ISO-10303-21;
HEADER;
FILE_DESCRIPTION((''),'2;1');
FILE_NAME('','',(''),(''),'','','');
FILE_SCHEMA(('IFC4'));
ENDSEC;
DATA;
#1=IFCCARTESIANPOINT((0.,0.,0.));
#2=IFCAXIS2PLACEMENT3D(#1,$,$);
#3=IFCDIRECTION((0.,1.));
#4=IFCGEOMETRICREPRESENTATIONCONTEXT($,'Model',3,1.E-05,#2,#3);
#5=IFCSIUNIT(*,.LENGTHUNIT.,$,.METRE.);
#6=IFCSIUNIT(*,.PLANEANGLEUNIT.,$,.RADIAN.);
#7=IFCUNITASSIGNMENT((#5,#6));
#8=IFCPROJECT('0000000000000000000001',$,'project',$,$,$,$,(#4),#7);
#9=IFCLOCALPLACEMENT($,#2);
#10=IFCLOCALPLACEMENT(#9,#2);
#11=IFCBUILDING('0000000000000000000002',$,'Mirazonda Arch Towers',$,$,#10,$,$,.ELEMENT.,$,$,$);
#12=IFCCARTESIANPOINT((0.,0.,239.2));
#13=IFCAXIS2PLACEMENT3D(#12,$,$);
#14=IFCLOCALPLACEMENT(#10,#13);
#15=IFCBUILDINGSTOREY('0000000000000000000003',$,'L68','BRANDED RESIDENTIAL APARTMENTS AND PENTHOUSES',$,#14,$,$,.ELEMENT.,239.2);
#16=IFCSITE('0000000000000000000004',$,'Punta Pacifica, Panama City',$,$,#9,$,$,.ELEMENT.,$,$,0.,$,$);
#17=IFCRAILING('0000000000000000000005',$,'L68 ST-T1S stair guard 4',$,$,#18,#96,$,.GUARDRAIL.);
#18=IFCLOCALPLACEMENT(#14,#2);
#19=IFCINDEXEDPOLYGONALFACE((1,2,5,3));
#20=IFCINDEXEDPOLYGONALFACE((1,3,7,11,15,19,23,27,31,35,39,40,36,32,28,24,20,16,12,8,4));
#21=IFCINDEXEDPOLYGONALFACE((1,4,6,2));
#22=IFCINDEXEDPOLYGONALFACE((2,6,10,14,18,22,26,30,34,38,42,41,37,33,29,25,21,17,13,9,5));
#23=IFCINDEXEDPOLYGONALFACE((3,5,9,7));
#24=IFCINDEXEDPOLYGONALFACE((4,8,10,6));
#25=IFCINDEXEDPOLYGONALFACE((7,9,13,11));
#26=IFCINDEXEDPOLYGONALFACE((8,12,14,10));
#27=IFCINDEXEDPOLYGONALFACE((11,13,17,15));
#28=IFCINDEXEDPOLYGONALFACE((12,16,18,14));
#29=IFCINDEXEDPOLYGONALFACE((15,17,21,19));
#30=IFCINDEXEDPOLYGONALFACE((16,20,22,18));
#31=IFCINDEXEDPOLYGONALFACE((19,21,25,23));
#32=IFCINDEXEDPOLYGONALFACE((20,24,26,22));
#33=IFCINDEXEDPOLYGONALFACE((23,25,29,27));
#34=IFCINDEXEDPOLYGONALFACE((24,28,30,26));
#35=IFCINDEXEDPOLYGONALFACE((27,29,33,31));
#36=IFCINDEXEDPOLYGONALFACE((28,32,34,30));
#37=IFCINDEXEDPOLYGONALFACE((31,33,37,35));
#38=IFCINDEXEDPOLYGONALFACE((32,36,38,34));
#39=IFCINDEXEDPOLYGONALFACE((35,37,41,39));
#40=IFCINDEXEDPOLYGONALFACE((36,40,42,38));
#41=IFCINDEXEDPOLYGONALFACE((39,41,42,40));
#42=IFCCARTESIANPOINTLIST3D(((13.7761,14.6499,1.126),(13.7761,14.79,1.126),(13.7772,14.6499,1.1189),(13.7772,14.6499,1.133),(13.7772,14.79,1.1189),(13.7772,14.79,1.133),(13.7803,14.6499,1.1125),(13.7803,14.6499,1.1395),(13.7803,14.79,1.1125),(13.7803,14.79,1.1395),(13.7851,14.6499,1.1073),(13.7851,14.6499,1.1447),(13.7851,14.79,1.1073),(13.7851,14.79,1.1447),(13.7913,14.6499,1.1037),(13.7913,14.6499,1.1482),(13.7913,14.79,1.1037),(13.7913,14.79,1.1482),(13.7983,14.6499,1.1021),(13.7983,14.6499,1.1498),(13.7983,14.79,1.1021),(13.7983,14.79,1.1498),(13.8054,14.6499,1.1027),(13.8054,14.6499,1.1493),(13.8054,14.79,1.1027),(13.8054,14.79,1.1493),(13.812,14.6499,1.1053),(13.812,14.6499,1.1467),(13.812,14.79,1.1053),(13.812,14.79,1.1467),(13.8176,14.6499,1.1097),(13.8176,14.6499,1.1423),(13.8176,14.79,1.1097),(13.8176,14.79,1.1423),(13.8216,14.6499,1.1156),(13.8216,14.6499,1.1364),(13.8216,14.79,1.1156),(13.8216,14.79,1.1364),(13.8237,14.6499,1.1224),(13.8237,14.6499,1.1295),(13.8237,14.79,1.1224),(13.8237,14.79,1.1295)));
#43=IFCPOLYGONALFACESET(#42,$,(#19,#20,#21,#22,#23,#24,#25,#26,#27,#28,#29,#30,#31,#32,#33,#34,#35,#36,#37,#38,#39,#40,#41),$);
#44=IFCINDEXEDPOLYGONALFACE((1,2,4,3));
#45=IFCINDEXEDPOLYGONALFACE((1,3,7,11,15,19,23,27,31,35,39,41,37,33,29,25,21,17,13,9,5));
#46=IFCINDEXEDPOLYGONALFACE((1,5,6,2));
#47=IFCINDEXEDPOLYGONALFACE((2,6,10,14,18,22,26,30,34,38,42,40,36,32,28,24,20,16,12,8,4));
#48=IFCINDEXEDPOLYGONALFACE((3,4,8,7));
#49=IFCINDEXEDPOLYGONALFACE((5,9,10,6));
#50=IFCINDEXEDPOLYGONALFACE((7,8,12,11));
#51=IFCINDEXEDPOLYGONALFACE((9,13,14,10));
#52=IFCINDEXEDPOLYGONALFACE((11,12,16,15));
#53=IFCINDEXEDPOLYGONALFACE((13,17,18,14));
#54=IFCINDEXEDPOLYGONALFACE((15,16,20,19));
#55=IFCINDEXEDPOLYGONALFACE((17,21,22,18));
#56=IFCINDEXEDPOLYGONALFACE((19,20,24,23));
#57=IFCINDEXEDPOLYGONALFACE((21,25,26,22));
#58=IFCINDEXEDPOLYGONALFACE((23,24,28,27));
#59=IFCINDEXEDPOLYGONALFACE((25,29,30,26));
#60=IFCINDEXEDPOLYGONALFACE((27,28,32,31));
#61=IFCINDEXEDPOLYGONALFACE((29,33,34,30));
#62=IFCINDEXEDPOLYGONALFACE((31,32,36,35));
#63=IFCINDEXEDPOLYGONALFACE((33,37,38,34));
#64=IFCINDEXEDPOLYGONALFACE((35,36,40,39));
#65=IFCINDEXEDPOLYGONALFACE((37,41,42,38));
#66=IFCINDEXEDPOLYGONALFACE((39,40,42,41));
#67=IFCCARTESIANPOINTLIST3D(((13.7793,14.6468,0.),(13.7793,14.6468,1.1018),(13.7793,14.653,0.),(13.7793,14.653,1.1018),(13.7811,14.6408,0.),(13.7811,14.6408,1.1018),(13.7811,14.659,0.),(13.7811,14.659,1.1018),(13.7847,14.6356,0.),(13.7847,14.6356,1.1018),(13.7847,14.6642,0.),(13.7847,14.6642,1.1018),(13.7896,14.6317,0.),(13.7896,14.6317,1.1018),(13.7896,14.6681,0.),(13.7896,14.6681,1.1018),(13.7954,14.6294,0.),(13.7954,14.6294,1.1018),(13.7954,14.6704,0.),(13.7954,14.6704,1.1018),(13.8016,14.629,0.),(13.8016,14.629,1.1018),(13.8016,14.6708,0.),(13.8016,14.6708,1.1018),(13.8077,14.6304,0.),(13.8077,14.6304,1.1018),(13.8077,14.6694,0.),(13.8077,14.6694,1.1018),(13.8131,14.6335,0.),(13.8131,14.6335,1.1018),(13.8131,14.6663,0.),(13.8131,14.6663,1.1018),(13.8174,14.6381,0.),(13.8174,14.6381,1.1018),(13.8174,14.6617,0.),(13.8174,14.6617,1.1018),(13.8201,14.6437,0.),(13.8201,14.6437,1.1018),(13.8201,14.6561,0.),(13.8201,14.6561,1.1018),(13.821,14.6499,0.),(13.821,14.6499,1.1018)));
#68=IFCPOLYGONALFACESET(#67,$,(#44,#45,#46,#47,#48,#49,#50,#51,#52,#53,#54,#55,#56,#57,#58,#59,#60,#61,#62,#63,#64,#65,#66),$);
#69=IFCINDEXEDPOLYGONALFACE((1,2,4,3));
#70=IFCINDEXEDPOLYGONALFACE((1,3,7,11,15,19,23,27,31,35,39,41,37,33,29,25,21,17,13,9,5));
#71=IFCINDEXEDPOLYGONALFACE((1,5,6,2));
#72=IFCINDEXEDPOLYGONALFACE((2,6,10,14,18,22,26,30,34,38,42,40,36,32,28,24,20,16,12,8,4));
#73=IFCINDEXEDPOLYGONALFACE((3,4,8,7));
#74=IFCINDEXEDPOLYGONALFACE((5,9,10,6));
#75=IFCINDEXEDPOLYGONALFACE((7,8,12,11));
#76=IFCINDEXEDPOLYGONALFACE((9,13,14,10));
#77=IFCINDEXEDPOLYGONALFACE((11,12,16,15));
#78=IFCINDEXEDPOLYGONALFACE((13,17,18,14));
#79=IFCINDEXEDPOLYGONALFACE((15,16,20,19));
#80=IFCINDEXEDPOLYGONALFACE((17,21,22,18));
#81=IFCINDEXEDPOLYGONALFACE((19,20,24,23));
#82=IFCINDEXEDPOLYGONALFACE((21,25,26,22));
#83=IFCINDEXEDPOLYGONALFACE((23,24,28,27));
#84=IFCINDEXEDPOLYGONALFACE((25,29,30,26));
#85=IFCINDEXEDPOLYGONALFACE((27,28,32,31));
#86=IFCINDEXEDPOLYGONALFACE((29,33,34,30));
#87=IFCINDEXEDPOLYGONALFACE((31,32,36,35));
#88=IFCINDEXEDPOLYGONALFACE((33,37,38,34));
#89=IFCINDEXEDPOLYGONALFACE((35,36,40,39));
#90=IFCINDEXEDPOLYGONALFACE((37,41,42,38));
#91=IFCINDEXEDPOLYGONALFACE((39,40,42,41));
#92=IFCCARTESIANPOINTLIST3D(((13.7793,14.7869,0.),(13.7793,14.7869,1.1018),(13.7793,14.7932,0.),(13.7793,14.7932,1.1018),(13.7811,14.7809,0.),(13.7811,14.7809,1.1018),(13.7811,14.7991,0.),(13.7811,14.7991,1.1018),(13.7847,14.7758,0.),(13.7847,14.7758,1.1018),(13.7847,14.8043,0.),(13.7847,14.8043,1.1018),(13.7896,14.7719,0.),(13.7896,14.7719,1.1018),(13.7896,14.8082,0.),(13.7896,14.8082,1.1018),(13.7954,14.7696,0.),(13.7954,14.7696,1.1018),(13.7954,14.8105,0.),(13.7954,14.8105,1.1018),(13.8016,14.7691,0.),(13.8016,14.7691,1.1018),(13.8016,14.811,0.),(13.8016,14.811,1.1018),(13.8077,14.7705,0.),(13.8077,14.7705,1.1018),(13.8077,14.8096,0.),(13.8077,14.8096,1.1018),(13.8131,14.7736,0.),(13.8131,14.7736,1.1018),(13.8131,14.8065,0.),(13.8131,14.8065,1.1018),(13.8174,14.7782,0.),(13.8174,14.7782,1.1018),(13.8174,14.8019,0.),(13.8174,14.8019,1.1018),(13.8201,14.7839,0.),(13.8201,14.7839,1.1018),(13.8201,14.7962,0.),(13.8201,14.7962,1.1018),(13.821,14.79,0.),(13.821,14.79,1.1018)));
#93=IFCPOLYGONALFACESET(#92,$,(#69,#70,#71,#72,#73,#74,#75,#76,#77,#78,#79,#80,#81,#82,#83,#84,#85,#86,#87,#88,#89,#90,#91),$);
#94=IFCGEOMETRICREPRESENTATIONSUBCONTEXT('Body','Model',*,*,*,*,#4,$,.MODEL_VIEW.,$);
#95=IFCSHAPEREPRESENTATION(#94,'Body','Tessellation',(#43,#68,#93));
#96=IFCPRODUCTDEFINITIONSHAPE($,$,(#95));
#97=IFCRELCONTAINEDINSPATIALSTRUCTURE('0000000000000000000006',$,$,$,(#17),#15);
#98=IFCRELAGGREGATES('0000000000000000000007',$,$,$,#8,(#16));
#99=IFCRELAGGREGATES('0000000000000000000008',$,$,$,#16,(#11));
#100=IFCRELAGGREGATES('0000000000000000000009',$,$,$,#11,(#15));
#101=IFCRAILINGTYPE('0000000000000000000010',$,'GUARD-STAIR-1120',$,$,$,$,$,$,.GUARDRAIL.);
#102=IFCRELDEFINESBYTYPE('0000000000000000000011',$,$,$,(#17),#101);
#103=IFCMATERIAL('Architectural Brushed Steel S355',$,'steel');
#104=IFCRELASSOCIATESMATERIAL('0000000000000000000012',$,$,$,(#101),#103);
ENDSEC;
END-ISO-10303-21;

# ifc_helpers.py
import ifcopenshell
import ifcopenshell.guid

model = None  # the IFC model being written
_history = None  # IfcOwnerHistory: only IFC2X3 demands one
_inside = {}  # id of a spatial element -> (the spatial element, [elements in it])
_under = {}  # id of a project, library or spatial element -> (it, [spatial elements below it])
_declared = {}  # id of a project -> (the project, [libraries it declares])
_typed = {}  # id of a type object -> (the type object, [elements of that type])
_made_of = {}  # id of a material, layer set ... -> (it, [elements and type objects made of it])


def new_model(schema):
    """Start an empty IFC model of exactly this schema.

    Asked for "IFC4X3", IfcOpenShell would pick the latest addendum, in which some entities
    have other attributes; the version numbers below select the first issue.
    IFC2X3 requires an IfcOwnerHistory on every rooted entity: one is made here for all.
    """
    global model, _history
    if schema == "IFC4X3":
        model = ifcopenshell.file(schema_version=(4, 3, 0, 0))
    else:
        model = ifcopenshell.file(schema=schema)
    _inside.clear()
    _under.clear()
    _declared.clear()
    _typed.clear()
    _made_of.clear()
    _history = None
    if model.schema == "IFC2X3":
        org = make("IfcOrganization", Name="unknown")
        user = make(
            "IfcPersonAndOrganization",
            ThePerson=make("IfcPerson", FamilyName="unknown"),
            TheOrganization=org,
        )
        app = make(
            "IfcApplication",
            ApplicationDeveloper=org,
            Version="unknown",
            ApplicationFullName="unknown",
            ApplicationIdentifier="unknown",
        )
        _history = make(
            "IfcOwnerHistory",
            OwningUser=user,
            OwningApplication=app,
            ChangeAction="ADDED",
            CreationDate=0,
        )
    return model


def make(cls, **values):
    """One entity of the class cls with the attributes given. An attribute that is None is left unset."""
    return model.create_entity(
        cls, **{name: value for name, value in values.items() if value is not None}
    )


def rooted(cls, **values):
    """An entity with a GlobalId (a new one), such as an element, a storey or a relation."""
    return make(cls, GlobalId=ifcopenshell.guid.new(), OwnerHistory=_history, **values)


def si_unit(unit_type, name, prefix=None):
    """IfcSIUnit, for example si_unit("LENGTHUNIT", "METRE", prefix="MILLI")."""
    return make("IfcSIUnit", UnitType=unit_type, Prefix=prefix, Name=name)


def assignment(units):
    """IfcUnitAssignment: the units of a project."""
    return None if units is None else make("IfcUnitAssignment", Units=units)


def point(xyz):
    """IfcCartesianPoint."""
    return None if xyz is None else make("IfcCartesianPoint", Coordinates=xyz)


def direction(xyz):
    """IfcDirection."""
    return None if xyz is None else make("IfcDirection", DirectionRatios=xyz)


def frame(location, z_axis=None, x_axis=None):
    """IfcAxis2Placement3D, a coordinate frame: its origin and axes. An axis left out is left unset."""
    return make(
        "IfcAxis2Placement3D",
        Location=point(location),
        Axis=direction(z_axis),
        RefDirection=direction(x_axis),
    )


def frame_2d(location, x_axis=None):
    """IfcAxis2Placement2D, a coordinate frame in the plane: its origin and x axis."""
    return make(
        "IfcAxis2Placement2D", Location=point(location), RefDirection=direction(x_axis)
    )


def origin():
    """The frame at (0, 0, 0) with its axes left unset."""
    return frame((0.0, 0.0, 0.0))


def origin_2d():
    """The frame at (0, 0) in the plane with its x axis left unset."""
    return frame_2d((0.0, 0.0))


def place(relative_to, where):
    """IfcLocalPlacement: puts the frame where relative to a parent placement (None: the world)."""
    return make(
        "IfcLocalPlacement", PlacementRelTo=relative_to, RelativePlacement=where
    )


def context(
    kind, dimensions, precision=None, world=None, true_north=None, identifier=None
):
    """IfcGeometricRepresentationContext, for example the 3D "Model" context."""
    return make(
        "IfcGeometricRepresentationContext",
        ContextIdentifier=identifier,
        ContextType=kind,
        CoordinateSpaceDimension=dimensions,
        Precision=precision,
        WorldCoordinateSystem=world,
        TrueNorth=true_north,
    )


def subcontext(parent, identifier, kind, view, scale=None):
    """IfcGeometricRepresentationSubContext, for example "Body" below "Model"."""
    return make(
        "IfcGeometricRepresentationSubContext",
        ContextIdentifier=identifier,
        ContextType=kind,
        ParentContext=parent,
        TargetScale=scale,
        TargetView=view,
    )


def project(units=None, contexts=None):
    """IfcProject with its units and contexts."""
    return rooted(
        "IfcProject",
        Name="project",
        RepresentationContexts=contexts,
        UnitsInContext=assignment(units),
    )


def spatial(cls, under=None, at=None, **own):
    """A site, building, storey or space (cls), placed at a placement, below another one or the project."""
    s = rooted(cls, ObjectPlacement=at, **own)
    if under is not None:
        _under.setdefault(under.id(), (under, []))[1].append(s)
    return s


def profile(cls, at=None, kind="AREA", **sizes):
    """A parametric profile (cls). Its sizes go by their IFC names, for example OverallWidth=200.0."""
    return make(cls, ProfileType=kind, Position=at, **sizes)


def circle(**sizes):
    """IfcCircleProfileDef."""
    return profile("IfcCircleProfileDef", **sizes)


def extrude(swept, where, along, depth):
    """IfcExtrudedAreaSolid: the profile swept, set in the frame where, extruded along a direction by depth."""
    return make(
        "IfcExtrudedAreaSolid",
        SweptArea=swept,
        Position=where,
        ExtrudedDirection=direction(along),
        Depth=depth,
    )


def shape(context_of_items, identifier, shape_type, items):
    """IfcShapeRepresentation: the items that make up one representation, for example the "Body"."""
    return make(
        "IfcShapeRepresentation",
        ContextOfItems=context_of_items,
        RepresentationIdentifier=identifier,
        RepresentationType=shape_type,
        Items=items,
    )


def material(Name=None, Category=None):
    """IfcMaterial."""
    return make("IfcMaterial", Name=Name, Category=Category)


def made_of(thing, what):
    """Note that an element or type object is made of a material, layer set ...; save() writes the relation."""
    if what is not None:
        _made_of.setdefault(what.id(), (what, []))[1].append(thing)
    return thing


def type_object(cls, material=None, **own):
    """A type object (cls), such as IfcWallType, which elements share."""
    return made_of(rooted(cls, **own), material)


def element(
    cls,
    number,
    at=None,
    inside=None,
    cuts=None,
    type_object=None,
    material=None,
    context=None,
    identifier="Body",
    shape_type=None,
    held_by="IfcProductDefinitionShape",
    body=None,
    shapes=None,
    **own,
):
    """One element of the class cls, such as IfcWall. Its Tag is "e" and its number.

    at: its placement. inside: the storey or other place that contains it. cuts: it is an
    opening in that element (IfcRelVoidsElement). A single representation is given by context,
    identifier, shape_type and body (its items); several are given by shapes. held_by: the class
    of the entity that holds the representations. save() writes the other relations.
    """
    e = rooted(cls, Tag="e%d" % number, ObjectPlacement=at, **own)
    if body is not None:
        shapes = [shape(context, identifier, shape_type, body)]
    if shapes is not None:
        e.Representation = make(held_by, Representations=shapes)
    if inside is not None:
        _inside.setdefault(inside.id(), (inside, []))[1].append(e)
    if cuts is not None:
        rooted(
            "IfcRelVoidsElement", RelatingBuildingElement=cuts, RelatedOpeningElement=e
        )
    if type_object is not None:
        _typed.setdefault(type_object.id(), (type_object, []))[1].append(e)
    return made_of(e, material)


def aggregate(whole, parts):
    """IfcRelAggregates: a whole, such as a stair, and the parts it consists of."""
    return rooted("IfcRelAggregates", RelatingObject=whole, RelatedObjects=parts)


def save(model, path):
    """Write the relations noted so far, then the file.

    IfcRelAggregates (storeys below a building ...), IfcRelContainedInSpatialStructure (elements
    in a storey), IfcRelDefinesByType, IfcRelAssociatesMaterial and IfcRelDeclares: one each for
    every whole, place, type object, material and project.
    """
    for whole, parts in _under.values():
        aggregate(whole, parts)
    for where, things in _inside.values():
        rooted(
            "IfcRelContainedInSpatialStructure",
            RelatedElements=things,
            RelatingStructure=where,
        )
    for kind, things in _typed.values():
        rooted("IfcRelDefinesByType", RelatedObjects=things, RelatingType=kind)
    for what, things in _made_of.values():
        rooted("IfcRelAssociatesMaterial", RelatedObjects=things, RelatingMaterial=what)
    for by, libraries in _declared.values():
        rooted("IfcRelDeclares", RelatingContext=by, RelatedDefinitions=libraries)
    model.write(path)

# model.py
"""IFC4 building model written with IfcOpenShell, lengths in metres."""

from ifc_helpers import new_model, si_unit, direction, frame, origin, origin_2d, place, context, subcontext, project, spatial, circle, extrude, material, type_object, element, save


model = new_model("IFC4")

# Units and contexts
model_context = context("Model", 3, precision=1e-05, world=origin(), true_north=direction((0.0, 1.0)))
body_context = subcontext(model_context, "Body", "Model", "MODEL_VIEW")
ifc_project = project(units=[si_unit("LENGTHUNIT", "METRE"), si_unit("PLANEANGLEUNIT", "RADIAN")], contexts=[model_context])

# Site, building, storey
site_placement = place(None, origin())
site = spatial("IfcSite", under=ifc_project, at=site_placement, Name="Punta Pacifica, Panama City", CompositionType="ELEMENT", RefElevation=0.0)
building_placement = place(site_placement, origin())
building = spatial("IfcBuilding", under=site, at=building_placement, Name="Mirazonda Arch Towers", CompositionType="ELEMENT")
storey_placement = place(building_placement, frame((0.0, 0.0, 239.2)))
storey = spatial("IfcBuildingStorey", under=building, at=storey_placement, Name="L68", Description="BRANDED RESIDENTIAL APARTMENTS AND PENTHOUSES", CompositionType="ELEMENT", Elevation=239.2)

# Railing
ifc_material_1 = material(Name="Architectural Brushed Steel S355", Category="steel")
railing_type_1 = type_object("IfcRailingType", Name="GUARD-STAIR-1120", PredefinedType="GUARDRAIL", material=ifc_material_1)
railing_1_placement = place(storey_placement, frame((13.8, 14.6499, 0.0)))
element("IfcRailing", 1, at=railing_1_placement, inside=storey, type_object=railing_type_1, Name="L68 ST-T1S stair guard 4", PredefinedType="GUARDRAIL", context=body_context, shape_type="SweptSolid", body=[
    extrude(circle(Radius=0.0239, at=origin_2d()), frame((0.0, 0.0, 1.126), z_axis=(0.0, 1.0, 0.0), x_axis=(-1.0, 0.0, 0.0)), (0.0, 0.0, 1.0), 0.1401),
    extrude(circle(Radius=0.021, at=origin_2d()), origin(), (0.0, 0.0, 1.0), 1.1018),
    extrude(circle(Radius=0.021, at=origin_2d()), frame((0.0, 0.1401, 0.0)), (0.0, 0.0, 1.0), 1.1018),
])

save(model, "model.ifc")
